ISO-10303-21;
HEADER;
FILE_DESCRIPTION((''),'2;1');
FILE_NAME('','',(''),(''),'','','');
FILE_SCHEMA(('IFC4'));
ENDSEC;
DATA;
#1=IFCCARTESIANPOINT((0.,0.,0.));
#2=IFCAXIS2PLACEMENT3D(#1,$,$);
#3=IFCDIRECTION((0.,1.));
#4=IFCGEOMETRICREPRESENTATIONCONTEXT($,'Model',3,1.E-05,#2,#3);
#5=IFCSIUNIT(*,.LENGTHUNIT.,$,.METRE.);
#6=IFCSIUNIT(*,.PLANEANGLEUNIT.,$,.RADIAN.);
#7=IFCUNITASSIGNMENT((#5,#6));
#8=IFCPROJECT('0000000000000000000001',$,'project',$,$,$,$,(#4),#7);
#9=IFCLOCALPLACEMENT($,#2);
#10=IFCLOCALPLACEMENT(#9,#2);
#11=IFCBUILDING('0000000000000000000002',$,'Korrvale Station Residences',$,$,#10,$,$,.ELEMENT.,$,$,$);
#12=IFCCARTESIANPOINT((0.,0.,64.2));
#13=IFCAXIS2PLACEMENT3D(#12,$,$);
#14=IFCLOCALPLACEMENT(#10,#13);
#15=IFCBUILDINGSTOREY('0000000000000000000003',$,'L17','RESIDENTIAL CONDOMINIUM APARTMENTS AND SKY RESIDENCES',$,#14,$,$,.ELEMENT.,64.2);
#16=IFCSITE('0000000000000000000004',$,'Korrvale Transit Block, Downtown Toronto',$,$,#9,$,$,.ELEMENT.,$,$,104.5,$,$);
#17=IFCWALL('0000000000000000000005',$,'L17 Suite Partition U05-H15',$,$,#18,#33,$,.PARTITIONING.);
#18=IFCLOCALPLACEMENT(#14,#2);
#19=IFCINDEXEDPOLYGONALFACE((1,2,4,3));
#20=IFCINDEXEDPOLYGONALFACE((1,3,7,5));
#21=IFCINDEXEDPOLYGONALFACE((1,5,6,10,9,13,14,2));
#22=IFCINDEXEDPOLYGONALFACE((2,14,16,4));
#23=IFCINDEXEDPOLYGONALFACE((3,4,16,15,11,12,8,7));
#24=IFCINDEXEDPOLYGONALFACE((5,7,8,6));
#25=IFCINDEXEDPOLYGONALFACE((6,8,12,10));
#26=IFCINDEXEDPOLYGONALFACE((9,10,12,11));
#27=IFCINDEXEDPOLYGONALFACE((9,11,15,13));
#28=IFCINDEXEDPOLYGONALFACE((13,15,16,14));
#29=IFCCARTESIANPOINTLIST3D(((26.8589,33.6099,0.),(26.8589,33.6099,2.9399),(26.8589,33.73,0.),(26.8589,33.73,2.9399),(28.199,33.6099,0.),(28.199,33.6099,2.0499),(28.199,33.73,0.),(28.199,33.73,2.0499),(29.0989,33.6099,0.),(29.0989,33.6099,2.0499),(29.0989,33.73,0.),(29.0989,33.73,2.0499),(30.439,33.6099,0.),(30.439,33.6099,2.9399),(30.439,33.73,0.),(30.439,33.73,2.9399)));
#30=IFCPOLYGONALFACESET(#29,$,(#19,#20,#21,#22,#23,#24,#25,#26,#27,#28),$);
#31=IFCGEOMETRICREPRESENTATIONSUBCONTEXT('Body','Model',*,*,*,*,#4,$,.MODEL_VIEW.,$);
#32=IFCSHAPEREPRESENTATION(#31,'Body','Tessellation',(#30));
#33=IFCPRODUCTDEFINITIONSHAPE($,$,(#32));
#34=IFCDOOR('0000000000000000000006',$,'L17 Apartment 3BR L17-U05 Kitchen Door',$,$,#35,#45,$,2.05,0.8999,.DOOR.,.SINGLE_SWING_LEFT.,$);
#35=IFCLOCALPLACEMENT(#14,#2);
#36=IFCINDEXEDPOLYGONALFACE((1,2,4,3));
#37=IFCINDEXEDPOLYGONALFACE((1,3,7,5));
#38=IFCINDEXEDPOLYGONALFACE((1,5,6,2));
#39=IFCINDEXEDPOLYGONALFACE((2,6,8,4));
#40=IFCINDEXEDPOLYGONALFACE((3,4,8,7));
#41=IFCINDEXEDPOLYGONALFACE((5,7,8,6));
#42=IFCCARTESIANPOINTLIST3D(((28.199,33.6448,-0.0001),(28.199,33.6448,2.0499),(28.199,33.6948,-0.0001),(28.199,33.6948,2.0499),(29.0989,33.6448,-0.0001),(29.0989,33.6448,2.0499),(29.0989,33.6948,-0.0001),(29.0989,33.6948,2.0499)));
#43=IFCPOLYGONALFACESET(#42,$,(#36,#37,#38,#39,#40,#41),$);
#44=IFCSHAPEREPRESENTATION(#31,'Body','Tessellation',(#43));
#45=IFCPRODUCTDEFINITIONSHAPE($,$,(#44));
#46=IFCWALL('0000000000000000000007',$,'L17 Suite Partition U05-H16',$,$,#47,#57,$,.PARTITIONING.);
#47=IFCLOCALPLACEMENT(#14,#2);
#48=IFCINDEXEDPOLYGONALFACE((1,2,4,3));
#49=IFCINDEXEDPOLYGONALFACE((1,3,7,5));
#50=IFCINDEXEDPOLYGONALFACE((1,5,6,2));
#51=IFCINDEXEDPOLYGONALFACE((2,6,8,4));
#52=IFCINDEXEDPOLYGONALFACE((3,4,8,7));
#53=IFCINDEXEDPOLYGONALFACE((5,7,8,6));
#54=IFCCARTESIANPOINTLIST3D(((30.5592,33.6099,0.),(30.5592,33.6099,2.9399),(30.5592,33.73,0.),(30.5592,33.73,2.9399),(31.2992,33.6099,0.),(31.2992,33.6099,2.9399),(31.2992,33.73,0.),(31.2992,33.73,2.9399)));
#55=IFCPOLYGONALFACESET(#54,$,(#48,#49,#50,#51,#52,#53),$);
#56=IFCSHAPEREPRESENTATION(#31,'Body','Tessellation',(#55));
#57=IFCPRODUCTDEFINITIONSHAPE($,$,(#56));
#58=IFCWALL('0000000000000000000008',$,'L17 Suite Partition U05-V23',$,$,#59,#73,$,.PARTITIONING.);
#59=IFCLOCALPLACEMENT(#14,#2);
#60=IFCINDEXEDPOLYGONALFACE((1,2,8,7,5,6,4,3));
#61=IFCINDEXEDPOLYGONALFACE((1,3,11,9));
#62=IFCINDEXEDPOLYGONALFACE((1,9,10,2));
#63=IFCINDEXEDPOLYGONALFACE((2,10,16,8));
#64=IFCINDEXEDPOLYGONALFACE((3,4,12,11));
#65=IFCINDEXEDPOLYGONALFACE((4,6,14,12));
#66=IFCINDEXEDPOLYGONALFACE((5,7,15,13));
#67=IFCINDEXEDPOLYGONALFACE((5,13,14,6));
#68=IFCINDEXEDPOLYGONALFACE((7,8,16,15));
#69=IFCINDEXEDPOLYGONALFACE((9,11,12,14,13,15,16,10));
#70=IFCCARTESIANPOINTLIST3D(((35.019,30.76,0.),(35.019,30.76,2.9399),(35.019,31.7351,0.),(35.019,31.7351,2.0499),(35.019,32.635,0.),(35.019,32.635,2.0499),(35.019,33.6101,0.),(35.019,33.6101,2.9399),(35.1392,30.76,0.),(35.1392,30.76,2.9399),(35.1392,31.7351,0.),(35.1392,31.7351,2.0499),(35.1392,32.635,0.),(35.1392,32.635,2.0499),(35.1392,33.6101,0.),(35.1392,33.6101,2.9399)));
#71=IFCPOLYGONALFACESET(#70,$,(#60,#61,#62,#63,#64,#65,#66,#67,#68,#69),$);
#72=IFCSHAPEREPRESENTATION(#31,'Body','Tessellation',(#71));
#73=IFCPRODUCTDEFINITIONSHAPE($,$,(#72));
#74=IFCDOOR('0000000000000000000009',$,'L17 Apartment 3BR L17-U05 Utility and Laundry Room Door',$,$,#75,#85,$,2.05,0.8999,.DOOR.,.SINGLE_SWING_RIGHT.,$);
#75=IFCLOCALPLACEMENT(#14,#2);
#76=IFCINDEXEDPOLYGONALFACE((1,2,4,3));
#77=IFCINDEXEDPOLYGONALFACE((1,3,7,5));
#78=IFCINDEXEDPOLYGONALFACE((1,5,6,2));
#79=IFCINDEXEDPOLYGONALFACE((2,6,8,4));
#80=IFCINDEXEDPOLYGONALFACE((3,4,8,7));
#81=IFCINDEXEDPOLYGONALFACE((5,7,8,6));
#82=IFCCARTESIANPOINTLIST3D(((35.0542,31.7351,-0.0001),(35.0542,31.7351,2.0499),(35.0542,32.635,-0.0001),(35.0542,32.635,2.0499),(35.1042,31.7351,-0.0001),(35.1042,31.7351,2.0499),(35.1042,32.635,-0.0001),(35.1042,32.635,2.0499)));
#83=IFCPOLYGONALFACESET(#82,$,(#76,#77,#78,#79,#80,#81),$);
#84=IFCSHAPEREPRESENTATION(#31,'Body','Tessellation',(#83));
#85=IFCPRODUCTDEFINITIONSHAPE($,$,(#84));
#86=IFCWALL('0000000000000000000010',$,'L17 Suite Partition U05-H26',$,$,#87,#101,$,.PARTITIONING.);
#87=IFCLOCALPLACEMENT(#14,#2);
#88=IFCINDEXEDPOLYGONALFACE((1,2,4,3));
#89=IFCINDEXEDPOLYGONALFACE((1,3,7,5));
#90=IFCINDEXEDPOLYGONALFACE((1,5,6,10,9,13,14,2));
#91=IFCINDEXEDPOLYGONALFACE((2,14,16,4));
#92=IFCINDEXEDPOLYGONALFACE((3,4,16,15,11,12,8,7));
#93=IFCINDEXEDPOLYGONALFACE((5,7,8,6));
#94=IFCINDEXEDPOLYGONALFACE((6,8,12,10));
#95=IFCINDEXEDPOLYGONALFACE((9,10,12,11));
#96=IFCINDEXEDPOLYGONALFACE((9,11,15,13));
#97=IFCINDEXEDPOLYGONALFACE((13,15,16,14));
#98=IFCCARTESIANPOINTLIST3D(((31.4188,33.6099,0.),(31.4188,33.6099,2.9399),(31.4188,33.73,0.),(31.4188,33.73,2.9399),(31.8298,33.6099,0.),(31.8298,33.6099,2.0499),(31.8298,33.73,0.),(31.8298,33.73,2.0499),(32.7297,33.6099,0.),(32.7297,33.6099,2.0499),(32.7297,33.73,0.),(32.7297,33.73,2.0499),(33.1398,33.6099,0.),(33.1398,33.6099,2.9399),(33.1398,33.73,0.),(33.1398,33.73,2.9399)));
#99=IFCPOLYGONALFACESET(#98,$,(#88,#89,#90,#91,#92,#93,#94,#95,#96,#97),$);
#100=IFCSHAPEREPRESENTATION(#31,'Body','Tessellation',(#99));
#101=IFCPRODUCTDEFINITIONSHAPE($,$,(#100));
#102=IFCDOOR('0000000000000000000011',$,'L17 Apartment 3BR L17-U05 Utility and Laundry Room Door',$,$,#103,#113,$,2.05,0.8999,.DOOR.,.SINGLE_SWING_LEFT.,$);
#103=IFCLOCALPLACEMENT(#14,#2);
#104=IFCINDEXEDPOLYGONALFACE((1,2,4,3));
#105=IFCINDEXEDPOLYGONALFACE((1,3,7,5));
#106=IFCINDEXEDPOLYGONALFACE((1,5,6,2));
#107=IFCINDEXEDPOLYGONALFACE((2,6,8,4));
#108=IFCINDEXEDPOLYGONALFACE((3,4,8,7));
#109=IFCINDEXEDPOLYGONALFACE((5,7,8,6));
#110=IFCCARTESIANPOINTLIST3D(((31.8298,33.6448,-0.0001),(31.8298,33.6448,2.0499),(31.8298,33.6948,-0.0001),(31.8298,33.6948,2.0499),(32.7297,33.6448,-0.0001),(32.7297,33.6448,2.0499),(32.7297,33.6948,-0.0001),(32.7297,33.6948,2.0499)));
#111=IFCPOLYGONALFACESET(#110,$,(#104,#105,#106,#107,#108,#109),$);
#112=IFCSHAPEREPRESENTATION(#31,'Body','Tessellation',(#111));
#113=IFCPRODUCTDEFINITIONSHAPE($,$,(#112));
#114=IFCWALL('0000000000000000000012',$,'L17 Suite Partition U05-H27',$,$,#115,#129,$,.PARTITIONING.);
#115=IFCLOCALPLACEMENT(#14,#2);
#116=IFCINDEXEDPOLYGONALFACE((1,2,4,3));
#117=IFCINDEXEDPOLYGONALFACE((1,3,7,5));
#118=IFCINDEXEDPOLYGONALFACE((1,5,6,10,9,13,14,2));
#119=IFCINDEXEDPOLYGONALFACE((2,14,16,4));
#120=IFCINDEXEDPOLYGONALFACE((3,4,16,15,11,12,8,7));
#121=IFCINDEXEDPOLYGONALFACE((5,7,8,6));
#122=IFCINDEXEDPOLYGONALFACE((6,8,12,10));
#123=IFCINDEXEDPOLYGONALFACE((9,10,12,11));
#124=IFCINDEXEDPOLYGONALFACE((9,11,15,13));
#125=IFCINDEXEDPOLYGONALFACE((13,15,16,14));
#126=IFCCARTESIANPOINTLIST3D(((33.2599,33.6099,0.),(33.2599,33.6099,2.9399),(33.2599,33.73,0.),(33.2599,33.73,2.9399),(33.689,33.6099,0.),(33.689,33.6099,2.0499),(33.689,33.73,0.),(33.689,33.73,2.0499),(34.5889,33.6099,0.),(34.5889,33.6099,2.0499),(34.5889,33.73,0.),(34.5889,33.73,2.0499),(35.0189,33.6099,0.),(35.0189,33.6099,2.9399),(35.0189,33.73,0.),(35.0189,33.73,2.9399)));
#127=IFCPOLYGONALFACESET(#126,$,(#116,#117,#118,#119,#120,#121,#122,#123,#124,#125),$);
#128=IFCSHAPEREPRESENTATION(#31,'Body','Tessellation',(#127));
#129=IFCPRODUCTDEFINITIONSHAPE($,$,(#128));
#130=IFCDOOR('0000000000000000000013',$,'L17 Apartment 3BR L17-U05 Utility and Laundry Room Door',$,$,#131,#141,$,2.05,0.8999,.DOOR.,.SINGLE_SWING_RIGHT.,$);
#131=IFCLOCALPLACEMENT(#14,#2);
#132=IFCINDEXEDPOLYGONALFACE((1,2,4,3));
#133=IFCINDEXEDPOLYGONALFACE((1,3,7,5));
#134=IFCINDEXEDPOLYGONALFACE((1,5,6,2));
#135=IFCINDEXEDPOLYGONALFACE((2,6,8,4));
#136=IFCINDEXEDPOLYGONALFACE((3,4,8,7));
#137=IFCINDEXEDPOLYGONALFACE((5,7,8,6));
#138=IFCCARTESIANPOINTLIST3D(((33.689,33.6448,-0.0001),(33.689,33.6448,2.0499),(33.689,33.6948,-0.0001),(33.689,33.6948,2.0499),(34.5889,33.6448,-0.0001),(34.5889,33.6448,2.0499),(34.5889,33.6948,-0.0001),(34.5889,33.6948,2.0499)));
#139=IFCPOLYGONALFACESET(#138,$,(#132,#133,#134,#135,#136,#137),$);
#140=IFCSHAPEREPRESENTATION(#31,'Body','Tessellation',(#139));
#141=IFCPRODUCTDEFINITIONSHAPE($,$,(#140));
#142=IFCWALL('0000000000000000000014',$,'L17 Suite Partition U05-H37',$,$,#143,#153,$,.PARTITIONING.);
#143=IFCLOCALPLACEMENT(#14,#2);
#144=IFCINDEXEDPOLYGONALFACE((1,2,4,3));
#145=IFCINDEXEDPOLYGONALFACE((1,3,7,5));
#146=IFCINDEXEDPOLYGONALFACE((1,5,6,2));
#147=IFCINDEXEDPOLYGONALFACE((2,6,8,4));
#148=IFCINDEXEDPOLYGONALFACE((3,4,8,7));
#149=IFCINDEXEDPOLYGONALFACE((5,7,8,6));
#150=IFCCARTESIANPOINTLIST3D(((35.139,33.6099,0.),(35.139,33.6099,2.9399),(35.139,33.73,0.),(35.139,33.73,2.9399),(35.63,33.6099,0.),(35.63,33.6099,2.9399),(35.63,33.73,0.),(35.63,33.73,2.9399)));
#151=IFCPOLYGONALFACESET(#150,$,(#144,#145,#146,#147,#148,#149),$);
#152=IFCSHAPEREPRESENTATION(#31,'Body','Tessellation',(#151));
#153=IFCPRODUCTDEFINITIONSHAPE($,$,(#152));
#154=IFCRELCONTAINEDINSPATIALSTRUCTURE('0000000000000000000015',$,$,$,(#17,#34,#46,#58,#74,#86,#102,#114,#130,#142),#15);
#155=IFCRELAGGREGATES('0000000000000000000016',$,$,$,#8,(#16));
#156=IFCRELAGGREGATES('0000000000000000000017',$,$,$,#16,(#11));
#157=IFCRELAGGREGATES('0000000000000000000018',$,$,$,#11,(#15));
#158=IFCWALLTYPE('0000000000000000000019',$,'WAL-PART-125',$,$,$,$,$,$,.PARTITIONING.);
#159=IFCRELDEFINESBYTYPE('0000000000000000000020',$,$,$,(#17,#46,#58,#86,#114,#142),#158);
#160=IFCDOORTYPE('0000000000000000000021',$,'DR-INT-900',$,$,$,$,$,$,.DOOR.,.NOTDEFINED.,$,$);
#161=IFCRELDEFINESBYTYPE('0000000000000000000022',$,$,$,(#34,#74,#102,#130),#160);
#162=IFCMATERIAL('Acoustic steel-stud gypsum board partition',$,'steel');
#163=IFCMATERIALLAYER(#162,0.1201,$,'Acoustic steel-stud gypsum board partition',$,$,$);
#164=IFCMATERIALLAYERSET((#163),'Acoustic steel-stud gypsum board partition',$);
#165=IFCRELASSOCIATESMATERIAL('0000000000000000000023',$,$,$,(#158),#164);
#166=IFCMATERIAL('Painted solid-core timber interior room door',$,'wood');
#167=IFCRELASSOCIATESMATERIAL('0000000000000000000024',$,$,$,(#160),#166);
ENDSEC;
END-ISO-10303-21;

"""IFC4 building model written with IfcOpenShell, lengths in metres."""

from ifc_helpers import new_model, si_unit, direction, frame, frame_2d, origin, place, context, subcontext, project, spatial, rectangle, extrude, material, layer, layer_set, type_object, element, fill, save


model = new_model("IFC4")

# Units and contexts
model_context = context("Model", 3, precision=1e-05, world=origin(), true_north=direction((0.0, 1.0)))
body_context = subcontext(model_context, "Body", "Model", "MODEL_VIEW")
ifc_project = project(units=[si_unit("LENGTHUNIT", "METRE"), si_unit("PLANEANGLEUNIT", "RADIAN")], contexts=[model_context])

# Site, building, storey
site_placement = place(None, origin())
site = spatial("IfcSite", under=ifc_project, at=site_placement, Name="Korrvale Transit Block, Downtown Toronto", CompositionType="ELEMENT", RefElevation=104.5)
building_placement = place(site_placement, origin())
building = spatial("IfcBuilding", under=site, at=building_placement, Name="Korrvale Station Residences", CompositionType="ELEMENT")
storey_placement = place(building_placement, frame((0.0, 0.0, 64.2)))
storey = spatial("IfcBuildingStorey", under=building, at=storey_placement, Name="L17", Description="RESIDENTIAL CONDOMINIUM APARTMENTS AND SKY RESIDENCES", CompositionType="ELEMENT", Elevation=64.2)

# Wall, opening, door
ifc_material_1 = material(Name="Acoustic steel-stud gypsum board partition", Category="steel")
ifc_layer = layer(ifc_material_1, 0.1201, Name="Acoustic steel-stud gypsum board partition")
ifc_layer_set = layer_set([ifc_layer], Name="Acoustic steel-stud gypsum board partition")
wall_type = type_object("IfcWallType", Name="WAL-PART-125", PredefinedType="PARTITIONING", material=ifc_layer_set)
wall_1_placement = place(storey_placement, frame((26.8589, 33.6699, 0.0), z_axis=(0.0, 0.0, 1.0), x_axis=(1.0, 0.0, 0.0)))
wall_1 = element("IfcWall", 1, at=wall_1_placement, inside=storey, type_object=wall_type, Name="L17 Suite Partition U05-H15", PredefinedType="PARTITIONING", context=body_context, shape_type="SweptSolid", body=[
    extrude(rectangle(XDim=3.5801, YDim=0.1201, at=frame_2d((1.79, 0.0))), origin(), (0.0, 0.0, 1.0), 2.9399),
])
opening_1_placement = place(wall_1_placement, frame((1.3401, 0.0, 0.0)))
opening_1 = element("IfcOpeningElement", 2, at=opening_1_placement, cuts=wall_1, PredefinedType="OPENING", context=body_context, shape_type="SweptSolid", body=[
    extrude(rectangle(XDim=0.8999, YDim=2.05, at=frame_2d((0.45, 1.0249))), frame((0.0, 0.0701, 0.0), z_axis=(0.0, -1.0, 0.0), x_axis=(1.0, 0.0, 0.0)), (0.0, 0.0, 1.0), 0.1401),
])
ifc_material_2 = material(Name="Painted solid-core timber interior room door", Category="wood")
door_type = type_object("IfcDoorType", Name="DR-INT-900", OperationType="NOTDEFINED", PredefinedType="DOOR", material=ifc_material_2)
door_1_placement = place(opening_1_placement, origin())
door_1 = element("IfcDoor", 3, at=door_1_placement, inside=storey, type_object=door_type, Name="L17 Apartment 3BR L17-U05 Kitchen Door", OperationType="SINGLE_SWING_LEFT", OverallHeight=2.05, OverallWidth=0.8999, PredefinedType="DOOR", context=body_context, shape_type="SweptSolid", body=[
    extrude(rectangle(XDim=0.8999, YDim=2.05, at=frame_2d((0.45, 1.0249))), frame((0.0, 0.0249, 0.0), z_axis=(0.0, -1.0, 0.0), x_axis=(1.0, 0.0, 0.0)), (0.0, 0.0, 1.0), 0.05),
])
fill(opening_1, door_1)

# Wall
wall_2_placement = place(storey_placement, frame((30.5591, 33.6699, 0.0), z_axis=(0.0, 0.0, 1.0), x_axis=(1.0, 0.0, 0.0)))
element("IfcWall", 4, at=wall_2_placement, inside=storey, type_object=wall_type, Name="L17 Suite Partition U05-H16", PredefinedType="PARTITIONING", context=body_context, shape_type="SweptSolid", body=[
    extrude(rectangle(XDim=0.74, YDim=0.1201, at=frame_2d((0.3701, 0.0))), origin(), (0.0, 0.0, 1.0), 2.9399),
])

# Walls, openings, doors
wall_3_placement = place(storey_placement, frame((35.0791, 30.76, 0.0), z_axis=(0.0, 0.0, 1.0), x_axis=(0.0, 1.0, 0.0)))
wall_3 = element("IfcWall", 5, at=wall_3_placement, inside=storey, type_object=wall_type, Name="L17 Suite Partition U05-V23", PredefinedType="PARTITIONING", context=body_context, shape_type="SweptSolid", body=[
    extrude(rectangle(XDim=2.8501, YDim=0.1201, at=frame_2d((1.425, 0.0))), origin(), (0.0, 0.0, 1.0), 2.9399),
])
opening_2_placement = place(wall_3_placement, frame((0.9751, 0.0, 0.0)))
opening_2 = element("IfcOpeningElement", 6, at=opening_2_placement, cuts=wall_3, PredefinedType="OPENING", context=body_context, shape_type="SweptSolid", body=[
    extrude(rectangle(XDim=0.8999, YDim=2.05, at=frame_2d((0.45, 1.0249))), frame((0.0, 0.0701, 0.0), z_axis=(0.0, -1.0, 0.0), x_axis=(1.0, 0.0, 0.0)), (0.0, 0.0, 1.0), 0.1401),
])
door_2_placement = place(opening_2_placement, origin())
door_2 = element("IfcDoor", 7, at=door_2_placement, inside=storey, type_object=door_type, Name="L17 Apartment 3BR L17-U05 Utility and Laundry Room Door", OperationType="SINGLE_SWING_RIGHT", OverallHeight=2.05, OverallWidth=0.8999, PredefinedType="DOOR", context=body_context, shape_type="SweptSolid", body=[
    extrude(rectangle(XDim=0.8999, YDim=2.05, at=frame_2d((0.45, 1.0249))), frame((0.0, 0.0249, 0.0), z_axis=(0.0, -1.0, 0.0), x_axis=(1.0, 0.0, 0.0)), (0.0, 0.0, 1.0), 0.05),
])
fill(opening_2, door_2)
wall_4_placement = place(storey_placement, frame((31.4189, 33.6699, 0.0), z_axis=(0.0, 0.0, 1.0), x_axis=(1.0, 0.0, 0.0)))
wall_4 = element("IfcWall", 8, at=wall_4_placement, inside=storey, type_object=wall_type, Name="L17 Suite Partition U05-H26", PredefinedType="PARTITIONING", context=body_context, shape_type="SweptSolid", body=[
    extrude(rectangle(XDim=1.7209, YDim=0.1201, at=frame_2d((0.8604, 0.0))), origin(), (0.0, 0.0, 1.0), 2.9399),
])
opening_3_placement = place(wall_4_placement, frame((0.4109, 0.0, 0.0)))
opening_3 = element("IfcOpeningElement", 9, at=opening_3_placement, cuts=wall_4, PredefinedType="OPENING", context=body_context, shape_type="SweptSolid", body=[
    extrude(rectangle(XDim=0.8999, YDim=2.05, at=frame_2d((0.45, 1.0249))), frame((0.0, 0.0701, 0.0), z_axis=(0.0, -1.0, 0.0), x_axis=(1.0, 0.0, 0.0)), (0.0, 0.0, 1.0), 0.1401),
])
door_3_placement = place(opening_3_placement, origin())
door_3 = element("IfcDoor", 10, at=door_3_placement, inside=storey, type_object=door_type, Name="L17 Apartment 3BR L17-U05 Utility and Laundry Room Door", OperationType="SINGLE_SWING_LEFT", OverallHeight=2.05, OverallWidth=0.8999, PredefinedType="DOOR", context=body_context, shape_type="SweptSolid", body=[
    extrude(rectangle(XDim=0.8999, YDim=2.05, at=frame_2d((0.45, 1.0249))), frame((0.0, 0.0249, 0.0), z_axis=(0.0, -1.0, 0.0), x_axis=(1.0, 0.0, 0.0)), (0.0, 0.0, 1.0), 0.05),
])
fill(opening_3, door_3)
wall_5_placement = place(storey_placement, frame((33.26, 33.6699, 0.0), z_axis=(0.0, 0.0, 1.0), x_axis=(1.0, 0.0, 0.0)))
wall_5 = element("IfcWall", 11, at=wall_5_placement, inside=storey, type_object=wall_type, Name="L17 Suite Partition U05-H27", PredefinedType="PARTITIONING", context=body_context, shape_type="SweptSolid", body=[
    extrude(rectangle(XDim=1.759, YDim=0.1201, at=frame_2d((0.8794, 0.0))), origin(), (0.0, 0.0, 1.0), 2.9399),
])
opening_4_placement = place(wall_5_placement, frame((0.429, 0.0, 0.0)))
opening_4 = element("IfcOpeningElement", 12, at=opening_4_placement, cuts=wall_5, PredefinedType="OPENING", context=body_context, shape_type="SweptSolid", body=[
    extrude(rectangle(XDim=0.8999, YDim=2.05, at=frame_2d((0.45, 1.0249))), frame((0.0, 0.0701, 0.0), z_axis=(0.0, -1.0, 0.0), x_axis=(1.0, 0.0, 0.0)), (0.0, 0.0, 1.0), 0.1401),
])
door_4_placement = place(opening_4_placement, origin())
door_4 = element("IfcDoor", 13, at=door_4_placement, inside=storey, type_object=door_type, Name="L17 Apartment 3BR L17-U05 Utility and Laundry Room Door", OperationType="SINGLE_SWING_RIGHT", OverallHeight=2.05, OverallWidth=0.8999, PredefinedType="DOOR", context=body_context, shape_type="SweptSolid", body=[
    extrude(rectangle(XDim=0.8999, YDim=2.05, at=frame_2d((0.45, 1.0249))), frame((0.0, 0.0249, 0.0), z_axis=(0.0, -1.0, 0.0), x_axis=(1.0, 0.0, 0.0)), (0.0, 0.0, 1.0), 0.05),
])
fill(opening_4, door_4)

# Wall
wall_6_placement = place(storey_placement, frame((35.1389, 33.6699, 0.0), z_axis=(0.0, 0.0, 1.0), x_axis=(1.0, 0.0, 0.0)))
element("IfcWall", 14, at=wall_6_placement, inside=storey, type_object=wall_type, Name="L17 Suite Partition U05-H37", PredefinedType="PARTITIONING", context=body_context, shape_type="SweptSolid", body=[
    extrude(rectangle(XDim=0.491, YDim=0.1201, at=frame_2d((0.2456, 0.0))), origin(), (0.0, 0.0, 1.0), 2.9399),
])

save(model, "model.ifc")
